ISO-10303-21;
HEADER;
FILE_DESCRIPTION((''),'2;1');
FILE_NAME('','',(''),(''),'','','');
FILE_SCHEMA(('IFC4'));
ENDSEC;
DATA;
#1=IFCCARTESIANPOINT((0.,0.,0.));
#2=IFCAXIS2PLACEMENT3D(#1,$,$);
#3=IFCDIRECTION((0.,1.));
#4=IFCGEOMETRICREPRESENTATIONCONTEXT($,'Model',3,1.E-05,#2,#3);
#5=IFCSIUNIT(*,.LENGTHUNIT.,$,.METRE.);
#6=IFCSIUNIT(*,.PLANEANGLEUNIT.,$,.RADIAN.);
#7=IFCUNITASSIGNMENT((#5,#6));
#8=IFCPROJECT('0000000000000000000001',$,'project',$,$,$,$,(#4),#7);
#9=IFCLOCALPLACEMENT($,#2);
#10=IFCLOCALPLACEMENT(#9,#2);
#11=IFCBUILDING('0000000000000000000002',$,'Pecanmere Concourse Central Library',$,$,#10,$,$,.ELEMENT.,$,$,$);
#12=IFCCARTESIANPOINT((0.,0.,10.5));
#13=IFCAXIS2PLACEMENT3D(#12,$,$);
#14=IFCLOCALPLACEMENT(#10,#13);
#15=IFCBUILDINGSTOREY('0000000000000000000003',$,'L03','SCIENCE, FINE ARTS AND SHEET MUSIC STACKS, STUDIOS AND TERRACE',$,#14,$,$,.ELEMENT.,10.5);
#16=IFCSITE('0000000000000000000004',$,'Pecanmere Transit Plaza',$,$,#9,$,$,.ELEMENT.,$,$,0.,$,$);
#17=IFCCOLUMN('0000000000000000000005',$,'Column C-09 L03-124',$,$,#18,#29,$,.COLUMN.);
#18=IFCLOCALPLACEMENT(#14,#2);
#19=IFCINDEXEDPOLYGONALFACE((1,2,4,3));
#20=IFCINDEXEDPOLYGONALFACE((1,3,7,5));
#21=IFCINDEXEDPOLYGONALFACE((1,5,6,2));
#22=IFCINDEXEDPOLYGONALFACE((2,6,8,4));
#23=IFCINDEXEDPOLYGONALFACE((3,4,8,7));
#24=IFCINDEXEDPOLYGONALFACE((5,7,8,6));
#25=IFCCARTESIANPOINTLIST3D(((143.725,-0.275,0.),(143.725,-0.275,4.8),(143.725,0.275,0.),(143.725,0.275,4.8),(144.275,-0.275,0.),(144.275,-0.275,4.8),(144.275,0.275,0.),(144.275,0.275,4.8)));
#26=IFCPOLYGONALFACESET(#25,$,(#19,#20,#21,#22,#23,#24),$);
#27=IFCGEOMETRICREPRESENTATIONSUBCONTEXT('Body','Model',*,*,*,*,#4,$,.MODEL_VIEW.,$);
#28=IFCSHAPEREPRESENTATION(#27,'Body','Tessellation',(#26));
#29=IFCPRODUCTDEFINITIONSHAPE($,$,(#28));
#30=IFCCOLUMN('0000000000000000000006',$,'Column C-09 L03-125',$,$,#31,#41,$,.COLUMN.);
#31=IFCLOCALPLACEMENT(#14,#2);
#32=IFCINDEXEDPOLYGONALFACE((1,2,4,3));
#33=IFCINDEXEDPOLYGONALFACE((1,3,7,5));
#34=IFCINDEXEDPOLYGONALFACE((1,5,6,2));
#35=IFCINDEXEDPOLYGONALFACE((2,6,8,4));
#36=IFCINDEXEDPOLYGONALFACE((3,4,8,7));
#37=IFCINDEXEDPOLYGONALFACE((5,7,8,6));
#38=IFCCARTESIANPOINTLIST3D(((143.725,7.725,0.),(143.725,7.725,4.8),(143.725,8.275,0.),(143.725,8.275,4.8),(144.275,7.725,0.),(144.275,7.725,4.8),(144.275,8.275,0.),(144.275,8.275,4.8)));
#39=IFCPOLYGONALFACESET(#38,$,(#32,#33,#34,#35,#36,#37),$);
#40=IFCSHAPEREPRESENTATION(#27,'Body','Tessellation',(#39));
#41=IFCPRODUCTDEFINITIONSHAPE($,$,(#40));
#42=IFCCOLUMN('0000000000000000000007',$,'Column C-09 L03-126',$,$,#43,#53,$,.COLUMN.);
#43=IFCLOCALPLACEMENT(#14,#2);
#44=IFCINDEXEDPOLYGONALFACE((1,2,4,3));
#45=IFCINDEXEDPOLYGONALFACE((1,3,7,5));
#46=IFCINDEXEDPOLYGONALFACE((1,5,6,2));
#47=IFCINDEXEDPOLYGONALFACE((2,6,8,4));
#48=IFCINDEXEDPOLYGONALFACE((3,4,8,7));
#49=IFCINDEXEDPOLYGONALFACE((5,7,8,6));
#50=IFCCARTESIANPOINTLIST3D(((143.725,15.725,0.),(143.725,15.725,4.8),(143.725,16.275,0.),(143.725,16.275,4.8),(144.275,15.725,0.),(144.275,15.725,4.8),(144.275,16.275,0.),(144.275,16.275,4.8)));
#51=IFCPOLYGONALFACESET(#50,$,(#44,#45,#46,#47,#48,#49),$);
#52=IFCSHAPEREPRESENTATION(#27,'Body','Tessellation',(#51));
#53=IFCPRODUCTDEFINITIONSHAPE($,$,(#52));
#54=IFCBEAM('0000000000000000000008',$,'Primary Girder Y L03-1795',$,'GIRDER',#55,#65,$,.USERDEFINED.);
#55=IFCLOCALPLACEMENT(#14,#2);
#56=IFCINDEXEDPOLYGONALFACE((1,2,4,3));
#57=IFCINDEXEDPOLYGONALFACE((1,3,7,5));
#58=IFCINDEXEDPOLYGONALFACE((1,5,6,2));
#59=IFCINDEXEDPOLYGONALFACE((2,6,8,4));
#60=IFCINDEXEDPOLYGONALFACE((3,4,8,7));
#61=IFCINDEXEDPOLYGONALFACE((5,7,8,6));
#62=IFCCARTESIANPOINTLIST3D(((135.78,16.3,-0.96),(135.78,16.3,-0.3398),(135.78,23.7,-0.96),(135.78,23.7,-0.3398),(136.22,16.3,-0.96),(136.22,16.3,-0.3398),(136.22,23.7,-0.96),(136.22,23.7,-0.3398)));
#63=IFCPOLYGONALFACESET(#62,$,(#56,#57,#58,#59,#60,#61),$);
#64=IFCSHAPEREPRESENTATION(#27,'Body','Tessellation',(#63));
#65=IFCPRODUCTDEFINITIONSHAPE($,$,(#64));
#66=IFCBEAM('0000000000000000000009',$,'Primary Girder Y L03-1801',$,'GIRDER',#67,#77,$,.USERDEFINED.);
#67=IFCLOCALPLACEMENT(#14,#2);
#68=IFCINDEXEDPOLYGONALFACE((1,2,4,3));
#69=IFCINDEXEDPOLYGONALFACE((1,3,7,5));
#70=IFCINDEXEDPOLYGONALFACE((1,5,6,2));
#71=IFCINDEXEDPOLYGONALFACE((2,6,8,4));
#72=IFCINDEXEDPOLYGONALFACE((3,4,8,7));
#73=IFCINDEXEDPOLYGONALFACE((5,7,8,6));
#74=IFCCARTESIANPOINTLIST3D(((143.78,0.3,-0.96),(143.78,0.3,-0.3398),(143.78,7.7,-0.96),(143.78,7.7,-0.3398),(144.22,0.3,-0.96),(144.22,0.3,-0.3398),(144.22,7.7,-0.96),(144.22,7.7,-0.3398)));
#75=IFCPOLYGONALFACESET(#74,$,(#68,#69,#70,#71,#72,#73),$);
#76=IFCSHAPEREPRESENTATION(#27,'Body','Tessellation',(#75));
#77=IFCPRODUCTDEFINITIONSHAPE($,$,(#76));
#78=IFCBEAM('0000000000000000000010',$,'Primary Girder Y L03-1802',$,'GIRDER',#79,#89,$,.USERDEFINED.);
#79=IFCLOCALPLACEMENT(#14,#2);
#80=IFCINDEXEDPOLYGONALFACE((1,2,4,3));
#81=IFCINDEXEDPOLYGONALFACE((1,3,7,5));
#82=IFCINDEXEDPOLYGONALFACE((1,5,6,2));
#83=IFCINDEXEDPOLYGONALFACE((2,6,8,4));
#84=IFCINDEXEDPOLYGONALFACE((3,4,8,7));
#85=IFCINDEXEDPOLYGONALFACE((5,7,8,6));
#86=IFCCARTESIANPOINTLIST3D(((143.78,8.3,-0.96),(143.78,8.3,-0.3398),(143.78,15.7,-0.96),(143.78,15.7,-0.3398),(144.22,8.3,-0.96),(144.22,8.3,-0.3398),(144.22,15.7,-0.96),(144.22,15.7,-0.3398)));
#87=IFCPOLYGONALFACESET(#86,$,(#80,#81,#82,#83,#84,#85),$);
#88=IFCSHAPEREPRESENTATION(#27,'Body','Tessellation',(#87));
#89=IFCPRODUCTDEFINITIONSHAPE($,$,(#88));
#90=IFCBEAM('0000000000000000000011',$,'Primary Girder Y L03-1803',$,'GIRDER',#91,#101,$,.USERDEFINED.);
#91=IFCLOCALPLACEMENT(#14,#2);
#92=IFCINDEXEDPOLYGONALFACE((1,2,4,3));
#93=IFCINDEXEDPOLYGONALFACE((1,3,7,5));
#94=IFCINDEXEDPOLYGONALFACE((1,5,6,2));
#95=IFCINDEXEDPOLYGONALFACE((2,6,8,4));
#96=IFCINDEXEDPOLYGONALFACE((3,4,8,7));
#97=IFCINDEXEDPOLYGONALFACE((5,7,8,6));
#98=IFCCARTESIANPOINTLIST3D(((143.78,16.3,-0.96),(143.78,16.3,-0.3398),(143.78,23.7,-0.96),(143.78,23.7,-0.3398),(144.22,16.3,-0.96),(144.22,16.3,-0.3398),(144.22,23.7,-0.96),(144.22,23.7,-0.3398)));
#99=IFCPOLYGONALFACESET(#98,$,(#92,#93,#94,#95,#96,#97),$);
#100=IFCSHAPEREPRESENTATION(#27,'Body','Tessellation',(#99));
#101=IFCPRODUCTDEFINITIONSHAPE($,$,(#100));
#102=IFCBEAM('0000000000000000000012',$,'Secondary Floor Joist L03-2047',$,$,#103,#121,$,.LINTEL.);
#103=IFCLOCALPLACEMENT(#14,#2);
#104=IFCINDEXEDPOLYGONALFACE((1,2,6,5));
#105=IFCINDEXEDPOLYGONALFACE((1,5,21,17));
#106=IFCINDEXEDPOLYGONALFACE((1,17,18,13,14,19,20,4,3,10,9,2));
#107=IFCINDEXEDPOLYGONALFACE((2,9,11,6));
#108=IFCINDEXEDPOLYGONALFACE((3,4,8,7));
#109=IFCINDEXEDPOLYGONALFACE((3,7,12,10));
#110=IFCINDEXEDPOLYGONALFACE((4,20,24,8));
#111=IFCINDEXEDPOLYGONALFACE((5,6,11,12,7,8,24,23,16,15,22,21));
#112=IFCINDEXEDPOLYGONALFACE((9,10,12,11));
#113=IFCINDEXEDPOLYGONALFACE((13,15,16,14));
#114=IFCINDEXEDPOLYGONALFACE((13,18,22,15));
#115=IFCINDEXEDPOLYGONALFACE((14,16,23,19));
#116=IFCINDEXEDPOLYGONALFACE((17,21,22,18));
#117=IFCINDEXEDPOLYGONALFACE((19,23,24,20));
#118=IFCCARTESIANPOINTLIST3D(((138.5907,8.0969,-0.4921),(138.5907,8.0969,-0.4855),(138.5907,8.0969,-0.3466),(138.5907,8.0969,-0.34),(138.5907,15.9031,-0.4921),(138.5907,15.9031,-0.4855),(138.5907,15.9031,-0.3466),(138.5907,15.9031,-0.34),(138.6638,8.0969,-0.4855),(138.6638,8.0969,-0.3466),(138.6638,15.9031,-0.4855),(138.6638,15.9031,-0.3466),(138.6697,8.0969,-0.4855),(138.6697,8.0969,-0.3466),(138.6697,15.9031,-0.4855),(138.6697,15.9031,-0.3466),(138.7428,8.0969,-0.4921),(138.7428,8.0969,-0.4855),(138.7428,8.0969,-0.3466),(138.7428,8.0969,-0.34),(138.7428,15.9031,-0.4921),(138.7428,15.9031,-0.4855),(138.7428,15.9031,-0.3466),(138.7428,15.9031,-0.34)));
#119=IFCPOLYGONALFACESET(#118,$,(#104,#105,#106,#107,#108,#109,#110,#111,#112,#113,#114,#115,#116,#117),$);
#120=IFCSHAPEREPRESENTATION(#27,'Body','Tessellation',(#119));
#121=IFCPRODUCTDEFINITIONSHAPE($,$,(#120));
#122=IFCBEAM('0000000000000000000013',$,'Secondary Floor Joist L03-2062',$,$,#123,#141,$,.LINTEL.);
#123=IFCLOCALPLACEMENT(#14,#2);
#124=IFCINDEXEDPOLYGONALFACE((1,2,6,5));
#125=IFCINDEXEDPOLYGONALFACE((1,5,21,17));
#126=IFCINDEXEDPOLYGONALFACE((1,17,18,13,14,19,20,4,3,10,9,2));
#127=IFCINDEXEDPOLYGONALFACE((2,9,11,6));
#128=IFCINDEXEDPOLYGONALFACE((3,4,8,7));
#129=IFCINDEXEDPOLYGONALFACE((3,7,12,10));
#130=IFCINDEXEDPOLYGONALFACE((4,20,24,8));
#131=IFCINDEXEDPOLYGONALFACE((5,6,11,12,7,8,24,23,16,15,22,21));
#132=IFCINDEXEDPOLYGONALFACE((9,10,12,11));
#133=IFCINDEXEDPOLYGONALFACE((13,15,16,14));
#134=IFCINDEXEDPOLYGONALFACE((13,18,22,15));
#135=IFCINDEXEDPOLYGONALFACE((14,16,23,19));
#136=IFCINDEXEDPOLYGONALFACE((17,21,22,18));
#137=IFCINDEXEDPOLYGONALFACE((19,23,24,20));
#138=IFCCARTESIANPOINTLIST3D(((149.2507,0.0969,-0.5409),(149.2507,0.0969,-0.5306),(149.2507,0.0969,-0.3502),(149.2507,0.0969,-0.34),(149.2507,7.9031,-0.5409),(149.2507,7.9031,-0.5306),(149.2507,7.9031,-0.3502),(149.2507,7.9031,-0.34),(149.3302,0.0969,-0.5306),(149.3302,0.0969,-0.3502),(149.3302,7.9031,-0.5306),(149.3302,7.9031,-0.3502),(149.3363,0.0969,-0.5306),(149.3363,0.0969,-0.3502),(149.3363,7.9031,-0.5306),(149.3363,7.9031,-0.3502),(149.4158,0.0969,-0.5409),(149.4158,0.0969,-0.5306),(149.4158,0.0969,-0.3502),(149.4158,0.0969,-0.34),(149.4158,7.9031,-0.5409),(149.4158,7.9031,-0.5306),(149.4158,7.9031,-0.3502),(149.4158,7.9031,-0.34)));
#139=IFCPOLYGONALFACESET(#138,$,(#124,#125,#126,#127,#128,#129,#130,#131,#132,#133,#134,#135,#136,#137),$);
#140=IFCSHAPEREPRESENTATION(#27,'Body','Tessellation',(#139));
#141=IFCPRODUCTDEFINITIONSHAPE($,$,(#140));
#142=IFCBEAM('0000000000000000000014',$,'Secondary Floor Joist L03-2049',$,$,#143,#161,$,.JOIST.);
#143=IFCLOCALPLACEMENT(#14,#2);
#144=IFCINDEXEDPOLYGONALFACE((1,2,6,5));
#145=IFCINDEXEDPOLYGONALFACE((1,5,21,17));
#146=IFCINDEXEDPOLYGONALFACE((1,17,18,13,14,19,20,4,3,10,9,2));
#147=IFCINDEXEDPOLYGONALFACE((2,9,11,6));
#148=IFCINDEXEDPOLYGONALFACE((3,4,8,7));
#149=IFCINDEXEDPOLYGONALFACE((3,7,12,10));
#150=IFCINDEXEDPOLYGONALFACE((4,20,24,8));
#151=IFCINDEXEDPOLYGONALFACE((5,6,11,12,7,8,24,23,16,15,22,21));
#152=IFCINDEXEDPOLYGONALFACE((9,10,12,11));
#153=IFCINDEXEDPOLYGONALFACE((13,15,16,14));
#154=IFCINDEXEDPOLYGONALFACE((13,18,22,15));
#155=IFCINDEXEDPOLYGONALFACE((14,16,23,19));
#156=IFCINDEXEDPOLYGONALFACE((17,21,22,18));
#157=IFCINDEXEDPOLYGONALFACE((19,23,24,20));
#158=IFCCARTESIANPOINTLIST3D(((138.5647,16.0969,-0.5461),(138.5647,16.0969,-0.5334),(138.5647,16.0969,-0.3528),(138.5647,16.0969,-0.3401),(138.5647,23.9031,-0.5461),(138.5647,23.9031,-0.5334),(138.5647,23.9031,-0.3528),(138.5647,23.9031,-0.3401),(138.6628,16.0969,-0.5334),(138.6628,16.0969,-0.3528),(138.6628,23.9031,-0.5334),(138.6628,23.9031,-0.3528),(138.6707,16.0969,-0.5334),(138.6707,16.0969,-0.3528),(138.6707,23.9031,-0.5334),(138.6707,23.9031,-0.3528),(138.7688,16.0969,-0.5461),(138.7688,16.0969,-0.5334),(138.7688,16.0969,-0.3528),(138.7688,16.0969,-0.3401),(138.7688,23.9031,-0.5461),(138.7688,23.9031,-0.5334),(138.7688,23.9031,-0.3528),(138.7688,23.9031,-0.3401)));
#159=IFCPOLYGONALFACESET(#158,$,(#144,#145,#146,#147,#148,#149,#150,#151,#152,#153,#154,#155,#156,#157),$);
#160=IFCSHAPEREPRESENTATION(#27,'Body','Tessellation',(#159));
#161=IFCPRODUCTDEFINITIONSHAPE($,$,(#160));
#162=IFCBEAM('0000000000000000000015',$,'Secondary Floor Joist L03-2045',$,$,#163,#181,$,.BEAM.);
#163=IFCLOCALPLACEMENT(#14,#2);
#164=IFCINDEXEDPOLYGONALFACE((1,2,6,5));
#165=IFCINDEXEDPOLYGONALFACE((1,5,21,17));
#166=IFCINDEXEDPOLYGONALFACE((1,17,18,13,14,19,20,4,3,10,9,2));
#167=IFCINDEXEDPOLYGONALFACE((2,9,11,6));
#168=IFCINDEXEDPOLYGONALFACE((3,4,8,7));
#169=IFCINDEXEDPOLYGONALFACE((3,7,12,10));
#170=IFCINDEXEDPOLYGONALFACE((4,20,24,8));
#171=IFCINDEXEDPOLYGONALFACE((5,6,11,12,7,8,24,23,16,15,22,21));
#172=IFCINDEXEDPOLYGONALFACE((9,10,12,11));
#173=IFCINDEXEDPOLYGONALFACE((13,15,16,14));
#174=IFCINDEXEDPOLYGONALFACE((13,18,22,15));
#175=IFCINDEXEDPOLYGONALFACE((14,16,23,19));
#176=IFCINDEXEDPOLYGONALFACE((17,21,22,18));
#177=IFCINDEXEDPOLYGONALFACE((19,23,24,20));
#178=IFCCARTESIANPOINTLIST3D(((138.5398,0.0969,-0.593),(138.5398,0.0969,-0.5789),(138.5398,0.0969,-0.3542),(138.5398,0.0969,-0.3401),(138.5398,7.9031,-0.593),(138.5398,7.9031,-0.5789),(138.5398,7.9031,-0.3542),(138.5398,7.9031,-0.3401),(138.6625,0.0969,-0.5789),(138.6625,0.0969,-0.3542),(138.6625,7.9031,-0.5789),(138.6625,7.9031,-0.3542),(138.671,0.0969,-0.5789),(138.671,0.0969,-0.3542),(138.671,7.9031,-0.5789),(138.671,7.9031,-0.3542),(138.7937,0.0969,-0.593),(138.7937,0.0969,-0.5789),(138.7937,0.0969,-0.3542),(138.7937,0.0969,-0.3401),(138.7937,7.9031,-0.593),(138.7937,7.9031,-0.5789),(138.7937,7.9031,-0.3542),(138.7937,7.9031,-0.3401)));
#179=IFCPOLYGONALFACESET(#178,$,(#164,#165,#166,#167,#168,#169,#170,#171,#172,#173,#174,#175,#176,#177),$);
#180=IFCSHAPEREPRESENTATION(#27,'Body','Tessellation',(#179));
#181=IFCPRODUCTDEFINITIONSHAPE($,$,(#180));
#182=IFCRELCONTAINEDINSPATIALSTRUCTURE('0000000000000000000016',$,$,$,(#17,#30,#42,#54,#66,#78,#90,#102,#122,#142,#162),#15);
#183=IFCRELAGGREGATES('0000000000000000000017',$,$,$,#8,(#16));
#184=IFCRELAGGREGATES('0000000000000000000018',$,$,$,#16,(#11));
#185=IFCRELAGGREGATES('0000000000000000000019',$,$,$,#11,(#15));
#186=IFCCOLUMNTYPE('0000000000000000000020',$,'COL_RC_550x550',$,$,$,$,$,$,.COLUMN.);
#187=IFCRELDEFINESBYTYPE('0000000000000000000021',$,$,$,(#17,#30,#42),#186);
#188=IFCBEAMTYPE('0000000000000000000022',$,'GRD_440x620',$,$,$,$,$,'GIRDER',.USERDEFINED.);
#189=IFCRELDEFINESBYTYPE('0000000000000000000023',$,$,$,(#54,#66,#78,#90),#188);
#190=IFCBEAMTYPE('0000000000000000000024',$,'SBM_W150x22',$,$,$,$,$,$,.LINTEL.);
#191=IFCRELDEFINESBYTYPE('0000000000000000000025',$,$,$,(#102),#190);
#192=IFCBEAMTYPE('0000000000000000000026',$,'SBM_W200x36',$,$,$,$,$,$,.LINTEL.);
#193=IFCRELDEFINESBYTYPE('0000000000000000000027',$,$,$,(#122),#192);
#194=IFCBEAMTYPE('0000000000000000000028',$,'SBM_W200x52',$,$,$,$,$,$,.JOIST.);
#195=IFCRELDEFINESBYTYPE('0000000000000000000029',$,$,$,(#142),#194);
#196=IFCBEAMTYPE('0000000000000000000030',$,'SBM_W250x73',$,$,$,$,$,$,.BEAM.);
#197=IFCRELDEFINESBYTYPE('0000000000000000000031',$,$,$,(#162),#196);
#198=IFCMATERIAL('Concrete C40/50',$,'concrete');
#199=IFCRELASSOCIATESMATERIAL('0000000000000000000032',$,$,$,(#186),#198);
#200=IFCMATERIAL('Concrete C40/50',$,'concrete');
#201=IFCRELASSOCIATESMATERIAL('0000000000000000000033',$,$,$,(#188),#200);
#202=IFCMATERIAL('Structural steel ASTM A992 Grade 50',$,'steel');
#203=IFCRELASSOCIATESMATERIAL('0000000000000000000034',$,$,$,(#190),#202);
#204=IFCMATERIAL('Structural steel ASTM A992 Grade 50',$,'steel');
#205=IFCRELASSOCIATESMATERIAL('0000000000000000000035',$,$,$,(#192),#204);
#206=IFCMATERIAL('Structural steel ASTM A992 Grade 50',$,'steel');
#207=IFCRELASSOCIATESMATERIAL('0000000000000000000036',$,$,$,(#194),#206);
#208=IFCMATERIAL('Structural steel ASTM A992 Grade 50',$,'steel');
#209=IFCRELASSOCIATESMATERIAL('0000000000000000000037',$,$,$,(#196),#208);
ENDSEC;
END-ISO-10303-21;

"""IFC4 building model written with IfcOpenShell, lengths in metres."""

from ifc_helpers import new_model, si_unit, direction, frame, origin, origin_2d, place, context, subcontext, project, spatial, rectangle, i_section, extrude, material, material_profile, profile_set, type_object, element, save


model = new_model("IFC4")

# Units and contexts
model_context = context("Model", 3, precision=1e-05, world=origin(), true_north=direction((0.0, 1.0)))
body_context = subcontext(model_context, "Body", "Model", "MODEL_VIEW")
ifc_project = project(units=[si_unit("LENGTHUNIT", "METRE"), si_unit("PLANEANGLEUNIT", "RADIAN")], contexts=[model_context])

# Site, building, storey
site_placement = place(None, origin())
site = spatial("IfcSite", under=ifc_project, at=site_placement, Name="Pecanmere Transit Plaza", CompositionType="ELEMENT", RefElevation=0.0)
building_placement = place(site_placement, origin())
building = spatial("IfcBuilding", under=site, at=building_placement, Name="Pecanmere Concourse Central Library", CompositionType="ELEMENT")
storey_placement = place(building_placement, frame((0.0, 0.0, 10.5)))
storey = spatial("IfcBuildingStorey", under=building, at=storey_placement, Name="L03", Description="SCIENCE, FINE ARTS AND SHEET MUSIC STACKS, STUDIOS AND TERRACE", CompositionType="ELEMENT", Elevation=10.5)

# Columns
ifc_material_1 = material(Name="Concrete C40/50", Category="concrete")
ifc_material_profile_1 = material_profile(ifc_material_1, rectangle(XDim=0.55, YDim=0.55, at=origin_2d()), Name="RC 550x550")
ifc_profile_set_1 = profile_set([ifc_material_profile_1], Name="Concrete C40/50")
column_type = type_object("IfcColumnType", Name="COL_RC_550x550", PredefinedType="COLUMN", material=ifc_profile_set_1)
for number, where, z_axis, x_axis, name in (
    (1, (144.0, 0.0, 0.0), (0.0, 0.0, 1.0), (1.0, 0.0, 0.0), "Column C-09 L03-124"),
    (2, (144.0, 8.0, 0.0), (0.0, 0.0, 1.0), (1.0, 0.0, 0.0), "Column C-09 L03-125"),
    (3, (144.0, 16.0, 0.0), (0.0, 0.0, 1.0), (1.0, 0.0, 0.0), "Column C-09 L03-126"),
):
    element("IfcColumn", number, at=place(storey_placement, frame(where, z_axis=z_axis, x_axis=x_axis)), inside=storey, type_object=column_type, Name=name, PredefinedType="COLUMN", context=body_context, shape_type="SweptSolid", body=[
        extrude(rectangle(XDim=0.55, YDim=0.55, at=origin_2d()), origin(), (0.0, 0.0, 1.0), 4.8),
    ])

# Beams
ifc_material_2 = material(Name="Concrete C40/50", Category="concrete")
ifc_material_profile_2 = material_profile(ifc_material_2, rectangle(XDim=0.4399, YDim=0.6201, at=origin_2d()), Name="RC 440x620")
ifc_profile_set_2 = profile_set([ifc_material_profile_2], Name="Concrete C40/50")
beam_type_1 = type_object("IfcBeamType", Name="GRD_440x620", ElementType="GIRDER", PredefinedType="USERDEFINED", material=ifc_profile_set_2)
for number, where, z_axis, x_axis, name in (
    (4, (136.0, 16.3, -0.6499), (0.0, 1.0, 0.0), (-1.0, 0.0, 0.0), "Primary Girder Y L03-1795"),
    (5, (144.0, 0.3, -0.6499), (0.0, 1.0, 0.0), (-1.0, 0.0, 0.0), "Primary Girder Y L03-1801"),
    (6, (144.0, 8.3, -0.6499), (0.0, 1.0, 0.0), (-1.0, 0.0, 0.0), "Primary Girder Y L03-1802"),
    (7, (144.0, 16.3, -0.6499), (0.0, 1.0, 0.0), (-1.0, 0.0, 0.0), "Primary Girder Y L03-1803"),
):
    element("IfcBeam", number, at=place(storey_placement, frame(where, z_axis=z_axis, x_axis=x_axis)), inside=storey, type_object=beam_type_1, Name=name, ObjectType="GIRDER", PredefinedType="USERDEFINED", context=body_context, shape_type="SweptSolid", body=[
        extrude(rectangle(XDim=0.4399, YDim=0.6201, at=origin_2d()), origin(), (0.0, 0.0, 1.0), 7.3999),
    ])
ifc_material_3 = material(Name="Structural steel ASTM A992 Grade 50", Category="steel")
ifc_material_profile_3 = material_profile(ifc_material_3, i_section(OverallWidth=0.1521, OverallDepth=0.1521, WebThickness=0.0059, FlangeThickness=0.0066, at=origin_2d()), Name="W150x22.5")
ifc_profile_set_3 = profile_set([ifc_material_profile_3], Name="Structural steel ASTM A992 Grade 50")
beam_type_2 = type_object("IfcBeamType", Name="SBM_W150x22", PredefinedType="LINTEL", material=ifc_profile_set_3)
beam_1_placement = place(storey_placement, frame((138.6667, 8.0969, -0.416), z_axis=(0.0, 1.0, 0.0), x_axis=(-1.0, 0.0, 0.0)))
element("IfcBeam", 8, at=beam_1_placement, inside=storey, type_object=beam_type_2, Name="Secondary Floor Joist L03-2047", PredefinedType="LINTEL", context=body_context, shape_type="SweptSolid", body=[
    extrude(i_section(OverallWidth=0.1521, OverallDepth=0.1521, WebThickness=0.0059, FlangeThickness=0.0066, at=origin_2d()), origin(), (0.0, 0.0, 1.0), 7.8062),
])
ifc_material_4 = material(Name="Structural steel ASTM A992 Grade 50", Category="steel")
ifc_material_profile_4 = material_profile(ifc_material_4, i_section(OverallWidth=0.165, OverallDepth=0.2009, WebThickness=0.0061, FlangeThickness=0.0103, at=origin_2d()), Name="W200x35.9")
ifc_profile_set_4 = profile_set([ifc_material_profile_4], Name="Structural steel ASTM A992 Grade 50")
beam_type_3 = type_object("IfcBeamType", Name="SBM_W200x36", PredefinedType="LINTEL", material=ifc_profile_set_4)
beam_2_placement = place(storey_placement, frame((149.3333, 0.0969, -0.4404), z_axis=(0.0, 1.0, 0.0), x_axis=(-1.0, 0.0, 0.0)))
element("IfcBeam", 9, at=beam_2_placement, inside=storey, type_object=beam_type_3, Name="Secondary Floor Joist L03-2062", PredefinedType="LINTEL", context=body_context, shape_type="SweptSolid", body=[
    extrude(i_section(OverallWidth=0.165, OverallDepth=0.2009, WebThickness=0.0061, FlangeThickness=0.0103, at=origin_2d()), origin(), (0.0, 0.0, 1.0), 7.8062),
])
ifc_material_5 = material(Name="Structural steel ASTM A992 Grade 50", Category="steel")
ifc_material_profile_5 = material_profile(ifc_material_5, i_section(OverallWidth=0.2041, OverallDepth=0.2061, WebThickness=0.0078, FlangeThickness=0.0127, at=origin_2d()), Name="W200x52")
ifc_profile_set_5 = profile_set([ifc_material_profile_5], Name="Structural steel ASTM A992 Grade 50")
beam_type_4 = type_object("IfcBeamType", Name="SBM_W200x52", PredefinedType="JOIST", material=ifc_profile_set_5)
beam_3_placement = place(storey_placement, frame((138.6667, 16.0969, -0.4431), z_axis=(0.0, 1.0, 0.0), x_axis=(-1.0, 0.0, 0.0)))
element("IfcBeam", 10, at=beam_3_placement, inside=storey, type_object=beam_type_4, Name="Secondary Floor Joist L03-2049", PredefinedType="JOIST", context=body_context, shape_type="SweptSolid", body=[
    extrude(i_section(OverallWidth=0.2041, OverallDepth=0.2061, WebThickness=0.0078, FlangeThickness=0.0127, at=origin_2d()), origin(), (0.0, 0.0, 1.0), 7.8062),
])
ifc_material_6 = material(Name="Structural steel ASTM A992 Grade 50", Category="steel")
ifc_material_profile_6 = material_profile(ifc_material_6, i_section(OverallWidth=0.2539, OverallDepth=0.2529, WebThickness=0.0085, FlangeThickness=0.0142, at=origin_2d()), Name="W250x73")
ifc_profile_set_6 = profile_set([ifc_material_profile_6], Name="Structural steel ASTM A992 Grade 50")
beam_type_5 = type_object("IfcBeamType", Name="SBM_W250x73", PredefinedType="BEAM", material=ifc_profile_set_6)
beam_4_placement = place(storey_placement, frame((138.6667, 0.0969, -0.4666), z_axis=(0.0, 1.0, 0.0), x_axis=(-1.0, 0.0, 0.0)))
element("IfcBeam", 11, at=beam_4_placement, inside=storey, type_object=beam_type_5, Name="Secondary Floor Joist L03-2045", PredefinedType="BEAM", context=body_context, shape_type="SweptSolid", body=[
    extrude(i_section(OverallWidth=0.2539, OverallDepth=0.2529, WebThickness=0.0085, FlangeThickness=0.0142, at=origin_2d()), origin(), (0.0, 0.0, 1.0), 7.8062),
])

save(model, "model.ifc")
